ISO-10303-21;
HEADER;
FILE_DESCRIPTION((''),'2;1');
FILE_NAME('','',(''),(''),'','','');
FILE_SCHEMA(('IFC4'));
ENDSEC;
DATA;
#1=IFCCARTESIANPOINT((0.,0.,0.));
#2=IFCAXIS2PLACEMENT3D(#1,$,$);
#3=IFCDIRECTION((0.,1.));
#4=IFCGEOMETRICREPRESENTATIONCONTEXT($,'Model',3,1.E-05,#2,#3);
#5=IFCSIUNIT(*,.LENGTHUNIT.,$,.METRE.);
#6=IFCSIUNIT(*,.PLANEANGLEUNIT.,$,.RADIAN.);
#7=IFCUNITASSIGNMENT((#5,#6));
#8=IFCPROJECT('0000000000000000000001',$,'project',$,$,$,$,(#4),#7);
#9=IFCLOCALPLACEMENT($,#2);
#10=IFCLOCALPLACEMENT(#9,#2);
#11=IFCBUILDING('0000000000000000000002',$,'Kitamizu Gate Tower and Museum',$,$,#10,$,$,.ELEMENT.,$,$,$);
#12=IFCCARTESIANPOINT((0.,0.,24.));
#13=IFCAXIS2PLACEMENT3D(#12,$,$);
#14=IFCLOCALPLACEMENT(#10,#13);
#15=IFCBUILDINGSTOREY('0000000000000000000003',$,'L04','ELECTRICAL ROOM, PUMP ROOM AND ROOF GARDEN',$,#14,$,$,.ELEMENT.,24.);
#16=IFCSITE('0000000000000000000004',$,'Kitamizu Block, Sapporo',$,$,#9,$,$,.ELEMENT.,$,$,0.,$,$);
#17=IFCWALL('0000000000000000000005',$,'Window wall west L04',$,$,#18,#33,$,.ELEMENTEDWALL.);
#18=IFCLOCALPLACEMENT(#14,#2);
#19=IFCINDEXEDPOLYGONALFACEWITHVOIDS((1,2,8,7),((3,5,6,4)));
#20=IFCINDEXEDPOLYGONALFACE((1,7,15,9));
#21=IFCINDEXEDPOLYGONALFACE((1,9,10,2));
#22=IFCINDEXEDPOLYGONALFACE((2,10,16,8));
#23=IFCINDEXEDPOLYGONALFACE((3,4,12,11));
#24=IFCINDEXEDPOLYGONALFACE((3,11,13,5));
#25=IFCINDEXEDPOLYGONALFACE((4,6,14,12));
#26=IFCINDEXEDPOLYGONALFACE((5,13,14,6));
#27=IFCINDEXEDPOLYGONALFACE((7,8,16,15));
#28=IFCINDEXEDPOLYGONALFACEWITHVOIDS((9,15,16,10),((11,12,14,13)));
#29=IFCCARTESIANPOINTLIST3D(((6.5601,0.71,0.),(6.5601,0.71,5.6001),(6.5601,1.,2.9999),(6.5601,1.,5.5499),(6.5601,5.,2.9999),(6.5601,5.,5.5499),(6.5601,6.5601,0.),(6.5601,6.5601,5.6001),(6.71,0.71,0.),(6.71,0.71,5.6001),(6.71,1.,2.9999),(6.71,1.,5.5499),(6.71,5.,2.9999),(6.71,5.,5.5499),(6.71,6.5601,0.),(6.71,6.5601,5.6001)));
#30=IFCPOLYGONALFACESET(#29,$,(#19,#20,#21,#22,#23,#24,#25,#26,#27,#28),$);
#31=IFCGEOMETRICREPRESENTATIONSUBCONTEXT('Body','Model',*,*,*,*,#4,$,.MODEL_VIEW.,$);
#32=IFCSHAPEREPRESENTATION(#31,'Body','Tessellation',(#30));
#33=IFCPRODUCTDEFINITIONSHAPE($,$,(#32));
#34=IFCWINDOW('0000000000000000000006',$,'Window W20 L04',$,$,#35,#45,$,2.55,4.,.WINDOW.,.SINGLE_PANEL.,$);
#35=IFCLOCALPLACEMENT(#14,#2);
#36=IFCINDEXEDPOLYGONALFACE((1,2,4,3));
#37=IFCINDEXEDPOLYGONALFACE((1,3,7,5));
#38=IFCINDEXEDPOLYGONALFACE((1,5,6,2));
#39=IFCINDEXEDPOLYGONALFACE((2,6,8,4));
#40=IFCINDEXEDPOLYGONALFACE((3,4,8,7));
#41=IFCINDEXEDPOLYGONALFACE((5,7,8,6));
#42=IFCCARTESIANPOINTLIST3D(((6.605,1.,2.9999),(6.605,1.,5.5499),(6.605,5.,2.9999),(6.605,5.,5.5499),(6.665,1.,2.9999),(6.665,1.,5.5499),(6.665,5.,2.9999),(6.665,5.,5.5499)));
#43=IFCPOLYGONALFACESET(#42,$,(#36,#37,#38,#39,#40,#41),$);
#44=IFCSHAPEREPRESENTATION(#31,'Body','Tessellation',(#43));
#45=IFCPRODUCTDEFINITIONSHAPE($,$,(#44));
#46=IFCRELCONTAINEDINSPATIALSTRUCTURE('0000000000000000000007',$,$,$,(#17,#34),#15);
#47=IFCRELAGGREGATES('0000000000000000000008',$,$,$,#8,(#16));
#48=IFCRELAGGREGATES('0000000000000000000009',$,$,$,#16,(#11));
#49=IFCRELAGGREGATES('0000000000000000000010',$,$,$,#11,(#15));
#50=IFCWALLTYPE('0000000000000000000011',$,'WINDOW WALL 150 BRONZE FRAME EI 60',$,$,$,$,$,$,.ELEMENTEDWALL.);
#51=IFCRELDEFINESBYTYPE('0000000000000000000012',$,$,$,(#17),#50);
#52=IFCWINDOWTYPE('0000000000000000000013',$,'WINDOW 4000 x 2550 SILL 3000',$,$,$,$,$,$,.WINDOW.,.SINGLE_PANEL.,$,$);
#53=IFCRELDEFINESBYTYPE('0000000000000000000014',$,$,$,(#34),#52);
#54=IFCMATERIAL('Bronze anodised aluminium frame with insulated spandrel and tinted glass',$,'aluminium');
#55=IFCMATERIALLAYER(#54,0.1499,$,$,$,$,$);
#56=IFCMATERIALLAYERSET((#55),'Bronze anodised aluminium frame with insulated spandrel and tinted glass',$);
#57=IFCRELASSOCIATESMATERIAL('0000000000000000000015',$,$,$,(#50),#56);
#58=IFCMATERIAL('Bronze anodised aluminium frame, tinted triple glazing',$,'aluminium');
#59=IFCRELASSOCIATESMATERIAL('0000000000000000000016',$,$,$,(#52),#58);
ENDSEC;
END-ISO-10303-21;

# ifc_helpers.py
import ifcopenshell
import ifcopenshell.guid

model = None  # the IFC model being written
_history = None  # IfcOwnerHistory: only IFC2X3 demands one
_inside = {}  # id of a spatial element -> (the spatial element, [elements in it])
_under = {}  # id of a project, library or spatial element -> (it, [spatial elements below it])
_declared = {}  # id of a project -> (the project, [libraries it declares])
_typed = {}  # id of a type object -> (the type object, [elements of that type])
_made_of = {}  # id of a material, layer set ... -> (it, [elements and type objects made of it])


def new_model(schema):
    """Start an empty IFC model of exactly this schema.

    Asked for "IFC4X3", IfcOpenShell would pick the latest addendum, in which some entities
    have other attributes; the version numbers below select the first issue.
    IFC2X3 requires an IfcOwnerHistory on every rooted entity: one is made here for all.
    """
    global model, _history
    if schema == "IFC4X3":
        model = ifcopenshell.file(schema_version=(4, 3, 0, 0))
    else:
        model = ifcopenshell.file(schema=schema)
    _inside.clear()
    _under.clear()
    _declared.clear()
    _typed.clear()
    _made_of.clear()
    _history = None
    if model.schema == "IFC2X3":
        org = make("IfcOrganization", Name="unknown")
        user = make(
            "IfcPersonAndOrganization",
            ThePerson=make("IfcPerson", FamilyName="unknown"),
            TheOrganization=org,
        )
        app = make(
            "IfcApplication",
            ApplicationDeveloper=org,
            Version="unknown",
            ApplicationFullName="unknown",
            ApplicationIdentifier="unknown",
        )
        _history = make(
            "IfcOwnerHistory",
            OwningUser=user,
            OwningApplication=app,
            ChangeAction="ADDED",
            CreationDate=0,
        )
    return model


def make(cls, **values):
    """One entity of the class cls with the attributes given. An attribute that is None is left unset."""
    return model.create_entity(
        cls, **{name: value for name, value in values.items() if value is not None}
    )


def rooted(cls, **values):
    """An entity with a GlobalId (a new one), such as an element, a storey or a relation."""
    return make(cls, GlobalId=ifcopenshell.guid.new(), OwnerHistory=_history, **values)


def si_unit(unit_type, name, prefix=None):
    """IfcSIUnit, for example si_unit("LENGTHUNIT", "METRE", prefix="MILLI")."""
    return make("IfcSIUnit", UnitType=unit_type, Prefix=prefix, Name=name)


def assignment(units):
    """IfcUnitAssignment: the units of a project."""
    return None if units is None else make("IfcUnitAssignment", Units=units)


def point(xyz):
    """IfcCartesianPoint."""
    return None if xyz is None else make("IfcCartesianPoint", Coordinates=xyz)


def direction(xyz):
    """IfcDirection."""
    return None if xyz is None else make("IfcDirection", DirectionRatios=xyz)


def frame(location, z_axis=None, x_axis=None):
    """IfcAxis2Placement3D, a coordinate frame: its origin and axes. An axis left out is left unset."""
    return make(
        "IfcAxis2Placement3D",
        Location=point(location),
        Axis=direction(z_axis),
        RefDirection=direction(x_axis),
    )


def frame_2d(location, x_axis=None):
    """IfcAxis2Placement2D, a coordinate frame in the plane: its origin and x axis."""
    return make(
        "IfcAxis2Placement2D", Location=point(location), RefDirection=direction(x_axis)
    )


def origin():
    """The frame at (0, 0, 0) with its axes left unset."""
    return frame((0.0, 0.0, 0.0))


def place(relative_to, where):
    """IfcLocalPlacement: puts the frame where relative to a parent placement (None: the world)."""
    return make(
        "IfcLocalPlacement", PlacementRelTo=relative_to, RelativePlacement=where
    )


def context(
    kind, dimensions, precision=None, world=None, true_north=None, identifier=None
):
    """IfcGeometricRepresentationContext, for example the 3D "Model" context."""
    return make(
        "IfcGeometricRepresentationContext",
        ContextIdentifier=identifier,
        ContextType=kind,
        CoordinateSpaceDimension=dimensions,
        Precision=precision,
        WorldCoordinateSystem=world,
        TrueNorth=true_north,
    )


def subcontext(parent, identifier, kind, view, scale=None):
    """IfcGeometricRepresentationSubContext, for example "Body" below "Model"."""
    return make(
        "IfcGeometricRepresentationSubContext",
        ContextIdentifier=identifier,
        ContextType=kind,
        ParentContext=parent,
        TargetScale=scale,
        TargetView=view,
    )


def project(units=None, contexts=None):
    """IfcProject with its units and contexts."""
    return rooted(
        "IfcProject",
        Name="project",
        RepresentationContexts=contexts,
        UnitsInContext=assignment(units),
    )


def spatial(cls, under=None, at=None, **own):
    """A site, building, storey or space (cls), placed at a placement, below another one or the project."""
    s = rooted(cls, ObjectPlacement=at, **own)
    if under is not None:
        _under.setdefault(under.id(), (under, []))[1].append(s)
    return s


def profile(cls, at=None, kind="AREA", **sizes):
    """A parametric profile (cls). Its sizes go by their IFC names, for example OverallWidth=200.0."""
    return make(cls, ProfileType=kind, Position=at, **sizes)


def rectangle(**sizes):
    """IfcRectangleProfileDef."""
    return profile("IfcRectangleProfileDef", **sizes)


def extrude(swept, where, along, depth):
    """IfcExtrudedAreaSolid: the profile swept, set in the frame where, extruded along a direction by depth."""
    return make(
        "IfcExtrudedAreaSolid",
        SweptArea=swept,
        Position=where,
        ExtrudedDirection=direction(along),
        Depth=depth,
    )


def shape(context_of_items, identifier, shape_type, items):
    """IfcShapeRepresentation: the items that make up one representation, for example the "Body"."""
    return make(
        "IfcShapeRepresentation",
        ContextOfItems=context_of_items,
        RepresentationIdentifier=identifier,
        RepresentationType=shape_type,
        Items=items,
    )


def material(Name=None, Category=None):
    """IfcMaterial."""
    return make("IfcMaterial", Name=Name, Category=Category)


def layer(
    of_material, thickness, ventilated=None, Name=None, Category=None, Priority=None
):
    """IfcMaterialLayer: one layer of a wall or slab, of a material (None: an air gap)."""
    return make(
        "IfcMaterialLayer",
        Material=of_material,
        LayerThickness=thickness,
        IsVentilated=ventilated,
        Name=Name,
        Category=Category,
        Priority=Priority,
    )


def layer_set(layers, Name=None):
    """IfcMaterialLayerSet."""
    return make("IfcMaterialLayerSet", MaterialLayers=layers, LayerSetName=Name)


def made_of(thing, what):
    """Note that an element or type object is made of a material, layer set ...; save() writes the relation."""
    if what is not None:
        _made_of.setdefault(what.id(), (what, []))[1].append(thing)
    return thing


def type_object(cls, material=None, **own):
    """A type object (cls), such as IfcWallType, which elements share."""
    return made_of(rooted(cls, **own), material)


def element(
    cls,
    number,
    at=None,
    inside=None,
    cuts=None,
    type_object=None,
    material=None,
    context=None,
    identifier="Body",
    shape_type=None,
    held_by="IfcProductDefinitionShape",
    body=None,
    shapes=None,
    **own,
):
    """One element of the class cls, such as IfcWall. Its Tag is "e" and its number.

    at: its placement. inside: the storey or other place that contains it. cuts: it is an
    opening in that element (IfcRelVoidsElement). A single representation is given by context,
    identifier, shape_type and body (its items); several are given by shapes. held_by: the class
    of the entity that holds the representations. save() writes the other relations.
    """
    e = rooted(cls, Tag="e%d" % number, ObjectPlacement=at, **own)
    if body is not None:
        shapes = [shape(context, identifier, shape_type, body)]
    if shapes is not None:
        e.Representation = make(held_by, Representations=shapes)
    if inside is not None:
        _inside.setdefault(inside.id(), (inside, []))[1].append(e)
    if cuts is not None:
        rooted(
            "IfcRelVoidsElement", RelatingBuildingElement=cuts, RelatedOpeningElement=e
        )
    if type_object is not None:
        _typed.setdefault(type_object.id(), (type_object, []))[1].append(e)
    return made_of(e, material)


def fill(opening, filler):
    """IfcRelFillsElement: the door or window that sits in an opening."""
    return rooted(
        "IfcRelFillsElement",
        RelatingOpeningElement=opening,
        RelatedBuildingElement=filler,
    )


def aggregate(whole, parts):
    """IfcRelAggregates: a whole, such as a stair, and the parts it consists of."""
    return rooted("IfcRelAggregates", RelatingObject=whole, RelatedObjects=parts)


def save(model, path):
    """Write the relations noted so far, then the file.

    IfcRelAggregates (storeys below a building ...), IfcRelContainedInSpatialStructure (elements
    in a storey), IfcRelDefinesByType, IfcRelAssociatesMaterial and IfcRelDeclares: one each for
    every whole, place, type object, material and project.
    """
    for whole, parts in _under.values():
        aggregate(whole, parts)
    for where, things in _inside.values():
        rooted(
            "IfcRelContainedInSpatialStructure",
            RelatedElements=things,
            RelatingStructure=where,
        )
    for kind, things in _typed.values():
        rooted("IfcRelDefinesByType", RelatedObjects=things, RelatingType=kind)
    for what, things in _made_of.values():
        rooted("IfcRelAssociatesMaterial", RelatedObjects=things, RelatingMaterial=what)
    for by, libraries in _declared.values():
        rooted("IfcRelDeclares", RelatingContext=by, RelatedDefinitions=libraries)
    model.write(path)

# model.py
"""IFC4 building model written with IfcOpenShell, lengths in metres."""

from ifc_helpers import new_model, si_unit, direction, frame, frame_2d, origin, place, context, subcontext, project, spatial, rectangle, extrude, material, layer, layer_set, type_object, element, fill, save


model = new_model("IFC4")

# Units and contexts
model_context = context("Model", 3, precision=1e-05, world=origin(), true_north=direction((0.0, 1.0)))
body_context = subcontext(model_context, "Body", "Model", "MODEL_VIEW")
ifc_project = project(units=[si_unit("LENGTHUNIT", "METRE"), si_unit("PLANEANGLEUNIT", "RADIAN")], contexts=[model_context])

# Site, building, storey
site_placement = place(None, origin())
site = spatial("IfcSite", under=ifc_project, at=site_placement, Name="Kitamizu Block, Sapporo", CompositionType="ELEMENT", RefElevation=0.0)
building_placement = place(site_placement, origin())
building = spatial("IfcBuilding", under=site, at=building_placement, Name="Kitamizu Gate Tower and Museum", CompositionType="ELEMENT")
storey_placement = place(building_placement, frame((0.0, 0.0, 24.0)))
storey = spatial("IfcBuildingStorey", under=building, at=storey_placement, Name="L04", Description="ELECTRICAL ROOM, PUMP ROOM AND ROOF GARDEN", CompositionType="ELEMENT", Elevation=24.0)

# Shared definitions
ifc_material_1 = material(Name="Bronze anodised aluminium frame with insulated spandrel and tinted glass", Category="aluminium")
ifc_layer_1 = layer(ifc_material_1, 0.1499)
ifc_layer_set_1 = layer_set([ifc_layer_1], Name="Bronze anodised aluminium frame with insulated spandrel and tinted glass")
wall_type_1 = type_object("IfcWallType", Name="WINDOW WALL 150 BRONZE FRAME EI 60", PredefinedType="ELEMENTEDWALL", material=ifc_layer_set_1)

# Wall, opening, window
wall_1_placement = place(storey_placement, frame((6.635, 0.71, 0.0), z_axis=(0.0, 0.0, 1.0), x_axis=(0.0, 1.0, 0.0)))
wall_1 = element("IfcWall", 1, at=wall_1_placement, inside=storey, type_object=wall_type_1, Name="Window wall west L04", PredefinedType="ELEMENTEDWALL", context=body_context, shape_type="SweptSolid", body=[
    extrude(rectangle(XDim=5.8501, YDim=0.1499, at=frame_2d((2.925, 0.0))), origin(), (0.0, 0.0, 1.0), 5.6001),
])
opening_1_placement = place(wall_1_placement, frame((0.29, 0.0, 3.0)))
opening_1 = element("IfcOpeningElement", 2, at=opening_1_placement, cuts=wall_1, PredefinedType="OPENING", context=body_context, shape_type="SweptSolid", body=[
    extrude(rectangle(XDim=4.0, YDim=2.55, at=frame_2d((2.0, 1.2749))), frame((0.0, 0.085, 0.0), z_axis=(0.0, -1.0, 0.0), x_axis=(1.0, 0.0, 0.0)), (0.0, 0.0, 1.0), 0.1699),
])
ifc_material_2 = material(Name="Bronze anodised aluminium frame, tinted triple glazing", Category="aluminium")
window_type_1 = type_object("IfcWindowType", Name="WINDOW 4000 x 2550 SILL 3000", PartitioningType="SINGLE_PANEL", PredefinedType="WINDOW", material=ifc_material_2)
window_1_placement = place(opening_1_placement, origin())
window_1 = element("IfcWindow", 3, at=window_1_placement, inside=storey, type_object=window_type_1, Name="Window W20 L04", OverallHeight=2.55, OverallWidth=4.0, PartitioningType="SINGLE_PANEL", PredefinedType="WINDOW", context=body_context, shape_type="SweptSolid", body=[
    extrude(rectangle(XDim=4.0, YDim=2.55, at=frame_2d((2.0, 1.2749))), frame((0.0, 0.03, 0.0), z_axis=(0.0, -1.0, 0.0), x_axis=(1.0, 0.0, 0.0)), (0.0, 0.0, 1.0), 0.0601),
])
fill(opening_1, window_1)

save(model, "model.ifc")
